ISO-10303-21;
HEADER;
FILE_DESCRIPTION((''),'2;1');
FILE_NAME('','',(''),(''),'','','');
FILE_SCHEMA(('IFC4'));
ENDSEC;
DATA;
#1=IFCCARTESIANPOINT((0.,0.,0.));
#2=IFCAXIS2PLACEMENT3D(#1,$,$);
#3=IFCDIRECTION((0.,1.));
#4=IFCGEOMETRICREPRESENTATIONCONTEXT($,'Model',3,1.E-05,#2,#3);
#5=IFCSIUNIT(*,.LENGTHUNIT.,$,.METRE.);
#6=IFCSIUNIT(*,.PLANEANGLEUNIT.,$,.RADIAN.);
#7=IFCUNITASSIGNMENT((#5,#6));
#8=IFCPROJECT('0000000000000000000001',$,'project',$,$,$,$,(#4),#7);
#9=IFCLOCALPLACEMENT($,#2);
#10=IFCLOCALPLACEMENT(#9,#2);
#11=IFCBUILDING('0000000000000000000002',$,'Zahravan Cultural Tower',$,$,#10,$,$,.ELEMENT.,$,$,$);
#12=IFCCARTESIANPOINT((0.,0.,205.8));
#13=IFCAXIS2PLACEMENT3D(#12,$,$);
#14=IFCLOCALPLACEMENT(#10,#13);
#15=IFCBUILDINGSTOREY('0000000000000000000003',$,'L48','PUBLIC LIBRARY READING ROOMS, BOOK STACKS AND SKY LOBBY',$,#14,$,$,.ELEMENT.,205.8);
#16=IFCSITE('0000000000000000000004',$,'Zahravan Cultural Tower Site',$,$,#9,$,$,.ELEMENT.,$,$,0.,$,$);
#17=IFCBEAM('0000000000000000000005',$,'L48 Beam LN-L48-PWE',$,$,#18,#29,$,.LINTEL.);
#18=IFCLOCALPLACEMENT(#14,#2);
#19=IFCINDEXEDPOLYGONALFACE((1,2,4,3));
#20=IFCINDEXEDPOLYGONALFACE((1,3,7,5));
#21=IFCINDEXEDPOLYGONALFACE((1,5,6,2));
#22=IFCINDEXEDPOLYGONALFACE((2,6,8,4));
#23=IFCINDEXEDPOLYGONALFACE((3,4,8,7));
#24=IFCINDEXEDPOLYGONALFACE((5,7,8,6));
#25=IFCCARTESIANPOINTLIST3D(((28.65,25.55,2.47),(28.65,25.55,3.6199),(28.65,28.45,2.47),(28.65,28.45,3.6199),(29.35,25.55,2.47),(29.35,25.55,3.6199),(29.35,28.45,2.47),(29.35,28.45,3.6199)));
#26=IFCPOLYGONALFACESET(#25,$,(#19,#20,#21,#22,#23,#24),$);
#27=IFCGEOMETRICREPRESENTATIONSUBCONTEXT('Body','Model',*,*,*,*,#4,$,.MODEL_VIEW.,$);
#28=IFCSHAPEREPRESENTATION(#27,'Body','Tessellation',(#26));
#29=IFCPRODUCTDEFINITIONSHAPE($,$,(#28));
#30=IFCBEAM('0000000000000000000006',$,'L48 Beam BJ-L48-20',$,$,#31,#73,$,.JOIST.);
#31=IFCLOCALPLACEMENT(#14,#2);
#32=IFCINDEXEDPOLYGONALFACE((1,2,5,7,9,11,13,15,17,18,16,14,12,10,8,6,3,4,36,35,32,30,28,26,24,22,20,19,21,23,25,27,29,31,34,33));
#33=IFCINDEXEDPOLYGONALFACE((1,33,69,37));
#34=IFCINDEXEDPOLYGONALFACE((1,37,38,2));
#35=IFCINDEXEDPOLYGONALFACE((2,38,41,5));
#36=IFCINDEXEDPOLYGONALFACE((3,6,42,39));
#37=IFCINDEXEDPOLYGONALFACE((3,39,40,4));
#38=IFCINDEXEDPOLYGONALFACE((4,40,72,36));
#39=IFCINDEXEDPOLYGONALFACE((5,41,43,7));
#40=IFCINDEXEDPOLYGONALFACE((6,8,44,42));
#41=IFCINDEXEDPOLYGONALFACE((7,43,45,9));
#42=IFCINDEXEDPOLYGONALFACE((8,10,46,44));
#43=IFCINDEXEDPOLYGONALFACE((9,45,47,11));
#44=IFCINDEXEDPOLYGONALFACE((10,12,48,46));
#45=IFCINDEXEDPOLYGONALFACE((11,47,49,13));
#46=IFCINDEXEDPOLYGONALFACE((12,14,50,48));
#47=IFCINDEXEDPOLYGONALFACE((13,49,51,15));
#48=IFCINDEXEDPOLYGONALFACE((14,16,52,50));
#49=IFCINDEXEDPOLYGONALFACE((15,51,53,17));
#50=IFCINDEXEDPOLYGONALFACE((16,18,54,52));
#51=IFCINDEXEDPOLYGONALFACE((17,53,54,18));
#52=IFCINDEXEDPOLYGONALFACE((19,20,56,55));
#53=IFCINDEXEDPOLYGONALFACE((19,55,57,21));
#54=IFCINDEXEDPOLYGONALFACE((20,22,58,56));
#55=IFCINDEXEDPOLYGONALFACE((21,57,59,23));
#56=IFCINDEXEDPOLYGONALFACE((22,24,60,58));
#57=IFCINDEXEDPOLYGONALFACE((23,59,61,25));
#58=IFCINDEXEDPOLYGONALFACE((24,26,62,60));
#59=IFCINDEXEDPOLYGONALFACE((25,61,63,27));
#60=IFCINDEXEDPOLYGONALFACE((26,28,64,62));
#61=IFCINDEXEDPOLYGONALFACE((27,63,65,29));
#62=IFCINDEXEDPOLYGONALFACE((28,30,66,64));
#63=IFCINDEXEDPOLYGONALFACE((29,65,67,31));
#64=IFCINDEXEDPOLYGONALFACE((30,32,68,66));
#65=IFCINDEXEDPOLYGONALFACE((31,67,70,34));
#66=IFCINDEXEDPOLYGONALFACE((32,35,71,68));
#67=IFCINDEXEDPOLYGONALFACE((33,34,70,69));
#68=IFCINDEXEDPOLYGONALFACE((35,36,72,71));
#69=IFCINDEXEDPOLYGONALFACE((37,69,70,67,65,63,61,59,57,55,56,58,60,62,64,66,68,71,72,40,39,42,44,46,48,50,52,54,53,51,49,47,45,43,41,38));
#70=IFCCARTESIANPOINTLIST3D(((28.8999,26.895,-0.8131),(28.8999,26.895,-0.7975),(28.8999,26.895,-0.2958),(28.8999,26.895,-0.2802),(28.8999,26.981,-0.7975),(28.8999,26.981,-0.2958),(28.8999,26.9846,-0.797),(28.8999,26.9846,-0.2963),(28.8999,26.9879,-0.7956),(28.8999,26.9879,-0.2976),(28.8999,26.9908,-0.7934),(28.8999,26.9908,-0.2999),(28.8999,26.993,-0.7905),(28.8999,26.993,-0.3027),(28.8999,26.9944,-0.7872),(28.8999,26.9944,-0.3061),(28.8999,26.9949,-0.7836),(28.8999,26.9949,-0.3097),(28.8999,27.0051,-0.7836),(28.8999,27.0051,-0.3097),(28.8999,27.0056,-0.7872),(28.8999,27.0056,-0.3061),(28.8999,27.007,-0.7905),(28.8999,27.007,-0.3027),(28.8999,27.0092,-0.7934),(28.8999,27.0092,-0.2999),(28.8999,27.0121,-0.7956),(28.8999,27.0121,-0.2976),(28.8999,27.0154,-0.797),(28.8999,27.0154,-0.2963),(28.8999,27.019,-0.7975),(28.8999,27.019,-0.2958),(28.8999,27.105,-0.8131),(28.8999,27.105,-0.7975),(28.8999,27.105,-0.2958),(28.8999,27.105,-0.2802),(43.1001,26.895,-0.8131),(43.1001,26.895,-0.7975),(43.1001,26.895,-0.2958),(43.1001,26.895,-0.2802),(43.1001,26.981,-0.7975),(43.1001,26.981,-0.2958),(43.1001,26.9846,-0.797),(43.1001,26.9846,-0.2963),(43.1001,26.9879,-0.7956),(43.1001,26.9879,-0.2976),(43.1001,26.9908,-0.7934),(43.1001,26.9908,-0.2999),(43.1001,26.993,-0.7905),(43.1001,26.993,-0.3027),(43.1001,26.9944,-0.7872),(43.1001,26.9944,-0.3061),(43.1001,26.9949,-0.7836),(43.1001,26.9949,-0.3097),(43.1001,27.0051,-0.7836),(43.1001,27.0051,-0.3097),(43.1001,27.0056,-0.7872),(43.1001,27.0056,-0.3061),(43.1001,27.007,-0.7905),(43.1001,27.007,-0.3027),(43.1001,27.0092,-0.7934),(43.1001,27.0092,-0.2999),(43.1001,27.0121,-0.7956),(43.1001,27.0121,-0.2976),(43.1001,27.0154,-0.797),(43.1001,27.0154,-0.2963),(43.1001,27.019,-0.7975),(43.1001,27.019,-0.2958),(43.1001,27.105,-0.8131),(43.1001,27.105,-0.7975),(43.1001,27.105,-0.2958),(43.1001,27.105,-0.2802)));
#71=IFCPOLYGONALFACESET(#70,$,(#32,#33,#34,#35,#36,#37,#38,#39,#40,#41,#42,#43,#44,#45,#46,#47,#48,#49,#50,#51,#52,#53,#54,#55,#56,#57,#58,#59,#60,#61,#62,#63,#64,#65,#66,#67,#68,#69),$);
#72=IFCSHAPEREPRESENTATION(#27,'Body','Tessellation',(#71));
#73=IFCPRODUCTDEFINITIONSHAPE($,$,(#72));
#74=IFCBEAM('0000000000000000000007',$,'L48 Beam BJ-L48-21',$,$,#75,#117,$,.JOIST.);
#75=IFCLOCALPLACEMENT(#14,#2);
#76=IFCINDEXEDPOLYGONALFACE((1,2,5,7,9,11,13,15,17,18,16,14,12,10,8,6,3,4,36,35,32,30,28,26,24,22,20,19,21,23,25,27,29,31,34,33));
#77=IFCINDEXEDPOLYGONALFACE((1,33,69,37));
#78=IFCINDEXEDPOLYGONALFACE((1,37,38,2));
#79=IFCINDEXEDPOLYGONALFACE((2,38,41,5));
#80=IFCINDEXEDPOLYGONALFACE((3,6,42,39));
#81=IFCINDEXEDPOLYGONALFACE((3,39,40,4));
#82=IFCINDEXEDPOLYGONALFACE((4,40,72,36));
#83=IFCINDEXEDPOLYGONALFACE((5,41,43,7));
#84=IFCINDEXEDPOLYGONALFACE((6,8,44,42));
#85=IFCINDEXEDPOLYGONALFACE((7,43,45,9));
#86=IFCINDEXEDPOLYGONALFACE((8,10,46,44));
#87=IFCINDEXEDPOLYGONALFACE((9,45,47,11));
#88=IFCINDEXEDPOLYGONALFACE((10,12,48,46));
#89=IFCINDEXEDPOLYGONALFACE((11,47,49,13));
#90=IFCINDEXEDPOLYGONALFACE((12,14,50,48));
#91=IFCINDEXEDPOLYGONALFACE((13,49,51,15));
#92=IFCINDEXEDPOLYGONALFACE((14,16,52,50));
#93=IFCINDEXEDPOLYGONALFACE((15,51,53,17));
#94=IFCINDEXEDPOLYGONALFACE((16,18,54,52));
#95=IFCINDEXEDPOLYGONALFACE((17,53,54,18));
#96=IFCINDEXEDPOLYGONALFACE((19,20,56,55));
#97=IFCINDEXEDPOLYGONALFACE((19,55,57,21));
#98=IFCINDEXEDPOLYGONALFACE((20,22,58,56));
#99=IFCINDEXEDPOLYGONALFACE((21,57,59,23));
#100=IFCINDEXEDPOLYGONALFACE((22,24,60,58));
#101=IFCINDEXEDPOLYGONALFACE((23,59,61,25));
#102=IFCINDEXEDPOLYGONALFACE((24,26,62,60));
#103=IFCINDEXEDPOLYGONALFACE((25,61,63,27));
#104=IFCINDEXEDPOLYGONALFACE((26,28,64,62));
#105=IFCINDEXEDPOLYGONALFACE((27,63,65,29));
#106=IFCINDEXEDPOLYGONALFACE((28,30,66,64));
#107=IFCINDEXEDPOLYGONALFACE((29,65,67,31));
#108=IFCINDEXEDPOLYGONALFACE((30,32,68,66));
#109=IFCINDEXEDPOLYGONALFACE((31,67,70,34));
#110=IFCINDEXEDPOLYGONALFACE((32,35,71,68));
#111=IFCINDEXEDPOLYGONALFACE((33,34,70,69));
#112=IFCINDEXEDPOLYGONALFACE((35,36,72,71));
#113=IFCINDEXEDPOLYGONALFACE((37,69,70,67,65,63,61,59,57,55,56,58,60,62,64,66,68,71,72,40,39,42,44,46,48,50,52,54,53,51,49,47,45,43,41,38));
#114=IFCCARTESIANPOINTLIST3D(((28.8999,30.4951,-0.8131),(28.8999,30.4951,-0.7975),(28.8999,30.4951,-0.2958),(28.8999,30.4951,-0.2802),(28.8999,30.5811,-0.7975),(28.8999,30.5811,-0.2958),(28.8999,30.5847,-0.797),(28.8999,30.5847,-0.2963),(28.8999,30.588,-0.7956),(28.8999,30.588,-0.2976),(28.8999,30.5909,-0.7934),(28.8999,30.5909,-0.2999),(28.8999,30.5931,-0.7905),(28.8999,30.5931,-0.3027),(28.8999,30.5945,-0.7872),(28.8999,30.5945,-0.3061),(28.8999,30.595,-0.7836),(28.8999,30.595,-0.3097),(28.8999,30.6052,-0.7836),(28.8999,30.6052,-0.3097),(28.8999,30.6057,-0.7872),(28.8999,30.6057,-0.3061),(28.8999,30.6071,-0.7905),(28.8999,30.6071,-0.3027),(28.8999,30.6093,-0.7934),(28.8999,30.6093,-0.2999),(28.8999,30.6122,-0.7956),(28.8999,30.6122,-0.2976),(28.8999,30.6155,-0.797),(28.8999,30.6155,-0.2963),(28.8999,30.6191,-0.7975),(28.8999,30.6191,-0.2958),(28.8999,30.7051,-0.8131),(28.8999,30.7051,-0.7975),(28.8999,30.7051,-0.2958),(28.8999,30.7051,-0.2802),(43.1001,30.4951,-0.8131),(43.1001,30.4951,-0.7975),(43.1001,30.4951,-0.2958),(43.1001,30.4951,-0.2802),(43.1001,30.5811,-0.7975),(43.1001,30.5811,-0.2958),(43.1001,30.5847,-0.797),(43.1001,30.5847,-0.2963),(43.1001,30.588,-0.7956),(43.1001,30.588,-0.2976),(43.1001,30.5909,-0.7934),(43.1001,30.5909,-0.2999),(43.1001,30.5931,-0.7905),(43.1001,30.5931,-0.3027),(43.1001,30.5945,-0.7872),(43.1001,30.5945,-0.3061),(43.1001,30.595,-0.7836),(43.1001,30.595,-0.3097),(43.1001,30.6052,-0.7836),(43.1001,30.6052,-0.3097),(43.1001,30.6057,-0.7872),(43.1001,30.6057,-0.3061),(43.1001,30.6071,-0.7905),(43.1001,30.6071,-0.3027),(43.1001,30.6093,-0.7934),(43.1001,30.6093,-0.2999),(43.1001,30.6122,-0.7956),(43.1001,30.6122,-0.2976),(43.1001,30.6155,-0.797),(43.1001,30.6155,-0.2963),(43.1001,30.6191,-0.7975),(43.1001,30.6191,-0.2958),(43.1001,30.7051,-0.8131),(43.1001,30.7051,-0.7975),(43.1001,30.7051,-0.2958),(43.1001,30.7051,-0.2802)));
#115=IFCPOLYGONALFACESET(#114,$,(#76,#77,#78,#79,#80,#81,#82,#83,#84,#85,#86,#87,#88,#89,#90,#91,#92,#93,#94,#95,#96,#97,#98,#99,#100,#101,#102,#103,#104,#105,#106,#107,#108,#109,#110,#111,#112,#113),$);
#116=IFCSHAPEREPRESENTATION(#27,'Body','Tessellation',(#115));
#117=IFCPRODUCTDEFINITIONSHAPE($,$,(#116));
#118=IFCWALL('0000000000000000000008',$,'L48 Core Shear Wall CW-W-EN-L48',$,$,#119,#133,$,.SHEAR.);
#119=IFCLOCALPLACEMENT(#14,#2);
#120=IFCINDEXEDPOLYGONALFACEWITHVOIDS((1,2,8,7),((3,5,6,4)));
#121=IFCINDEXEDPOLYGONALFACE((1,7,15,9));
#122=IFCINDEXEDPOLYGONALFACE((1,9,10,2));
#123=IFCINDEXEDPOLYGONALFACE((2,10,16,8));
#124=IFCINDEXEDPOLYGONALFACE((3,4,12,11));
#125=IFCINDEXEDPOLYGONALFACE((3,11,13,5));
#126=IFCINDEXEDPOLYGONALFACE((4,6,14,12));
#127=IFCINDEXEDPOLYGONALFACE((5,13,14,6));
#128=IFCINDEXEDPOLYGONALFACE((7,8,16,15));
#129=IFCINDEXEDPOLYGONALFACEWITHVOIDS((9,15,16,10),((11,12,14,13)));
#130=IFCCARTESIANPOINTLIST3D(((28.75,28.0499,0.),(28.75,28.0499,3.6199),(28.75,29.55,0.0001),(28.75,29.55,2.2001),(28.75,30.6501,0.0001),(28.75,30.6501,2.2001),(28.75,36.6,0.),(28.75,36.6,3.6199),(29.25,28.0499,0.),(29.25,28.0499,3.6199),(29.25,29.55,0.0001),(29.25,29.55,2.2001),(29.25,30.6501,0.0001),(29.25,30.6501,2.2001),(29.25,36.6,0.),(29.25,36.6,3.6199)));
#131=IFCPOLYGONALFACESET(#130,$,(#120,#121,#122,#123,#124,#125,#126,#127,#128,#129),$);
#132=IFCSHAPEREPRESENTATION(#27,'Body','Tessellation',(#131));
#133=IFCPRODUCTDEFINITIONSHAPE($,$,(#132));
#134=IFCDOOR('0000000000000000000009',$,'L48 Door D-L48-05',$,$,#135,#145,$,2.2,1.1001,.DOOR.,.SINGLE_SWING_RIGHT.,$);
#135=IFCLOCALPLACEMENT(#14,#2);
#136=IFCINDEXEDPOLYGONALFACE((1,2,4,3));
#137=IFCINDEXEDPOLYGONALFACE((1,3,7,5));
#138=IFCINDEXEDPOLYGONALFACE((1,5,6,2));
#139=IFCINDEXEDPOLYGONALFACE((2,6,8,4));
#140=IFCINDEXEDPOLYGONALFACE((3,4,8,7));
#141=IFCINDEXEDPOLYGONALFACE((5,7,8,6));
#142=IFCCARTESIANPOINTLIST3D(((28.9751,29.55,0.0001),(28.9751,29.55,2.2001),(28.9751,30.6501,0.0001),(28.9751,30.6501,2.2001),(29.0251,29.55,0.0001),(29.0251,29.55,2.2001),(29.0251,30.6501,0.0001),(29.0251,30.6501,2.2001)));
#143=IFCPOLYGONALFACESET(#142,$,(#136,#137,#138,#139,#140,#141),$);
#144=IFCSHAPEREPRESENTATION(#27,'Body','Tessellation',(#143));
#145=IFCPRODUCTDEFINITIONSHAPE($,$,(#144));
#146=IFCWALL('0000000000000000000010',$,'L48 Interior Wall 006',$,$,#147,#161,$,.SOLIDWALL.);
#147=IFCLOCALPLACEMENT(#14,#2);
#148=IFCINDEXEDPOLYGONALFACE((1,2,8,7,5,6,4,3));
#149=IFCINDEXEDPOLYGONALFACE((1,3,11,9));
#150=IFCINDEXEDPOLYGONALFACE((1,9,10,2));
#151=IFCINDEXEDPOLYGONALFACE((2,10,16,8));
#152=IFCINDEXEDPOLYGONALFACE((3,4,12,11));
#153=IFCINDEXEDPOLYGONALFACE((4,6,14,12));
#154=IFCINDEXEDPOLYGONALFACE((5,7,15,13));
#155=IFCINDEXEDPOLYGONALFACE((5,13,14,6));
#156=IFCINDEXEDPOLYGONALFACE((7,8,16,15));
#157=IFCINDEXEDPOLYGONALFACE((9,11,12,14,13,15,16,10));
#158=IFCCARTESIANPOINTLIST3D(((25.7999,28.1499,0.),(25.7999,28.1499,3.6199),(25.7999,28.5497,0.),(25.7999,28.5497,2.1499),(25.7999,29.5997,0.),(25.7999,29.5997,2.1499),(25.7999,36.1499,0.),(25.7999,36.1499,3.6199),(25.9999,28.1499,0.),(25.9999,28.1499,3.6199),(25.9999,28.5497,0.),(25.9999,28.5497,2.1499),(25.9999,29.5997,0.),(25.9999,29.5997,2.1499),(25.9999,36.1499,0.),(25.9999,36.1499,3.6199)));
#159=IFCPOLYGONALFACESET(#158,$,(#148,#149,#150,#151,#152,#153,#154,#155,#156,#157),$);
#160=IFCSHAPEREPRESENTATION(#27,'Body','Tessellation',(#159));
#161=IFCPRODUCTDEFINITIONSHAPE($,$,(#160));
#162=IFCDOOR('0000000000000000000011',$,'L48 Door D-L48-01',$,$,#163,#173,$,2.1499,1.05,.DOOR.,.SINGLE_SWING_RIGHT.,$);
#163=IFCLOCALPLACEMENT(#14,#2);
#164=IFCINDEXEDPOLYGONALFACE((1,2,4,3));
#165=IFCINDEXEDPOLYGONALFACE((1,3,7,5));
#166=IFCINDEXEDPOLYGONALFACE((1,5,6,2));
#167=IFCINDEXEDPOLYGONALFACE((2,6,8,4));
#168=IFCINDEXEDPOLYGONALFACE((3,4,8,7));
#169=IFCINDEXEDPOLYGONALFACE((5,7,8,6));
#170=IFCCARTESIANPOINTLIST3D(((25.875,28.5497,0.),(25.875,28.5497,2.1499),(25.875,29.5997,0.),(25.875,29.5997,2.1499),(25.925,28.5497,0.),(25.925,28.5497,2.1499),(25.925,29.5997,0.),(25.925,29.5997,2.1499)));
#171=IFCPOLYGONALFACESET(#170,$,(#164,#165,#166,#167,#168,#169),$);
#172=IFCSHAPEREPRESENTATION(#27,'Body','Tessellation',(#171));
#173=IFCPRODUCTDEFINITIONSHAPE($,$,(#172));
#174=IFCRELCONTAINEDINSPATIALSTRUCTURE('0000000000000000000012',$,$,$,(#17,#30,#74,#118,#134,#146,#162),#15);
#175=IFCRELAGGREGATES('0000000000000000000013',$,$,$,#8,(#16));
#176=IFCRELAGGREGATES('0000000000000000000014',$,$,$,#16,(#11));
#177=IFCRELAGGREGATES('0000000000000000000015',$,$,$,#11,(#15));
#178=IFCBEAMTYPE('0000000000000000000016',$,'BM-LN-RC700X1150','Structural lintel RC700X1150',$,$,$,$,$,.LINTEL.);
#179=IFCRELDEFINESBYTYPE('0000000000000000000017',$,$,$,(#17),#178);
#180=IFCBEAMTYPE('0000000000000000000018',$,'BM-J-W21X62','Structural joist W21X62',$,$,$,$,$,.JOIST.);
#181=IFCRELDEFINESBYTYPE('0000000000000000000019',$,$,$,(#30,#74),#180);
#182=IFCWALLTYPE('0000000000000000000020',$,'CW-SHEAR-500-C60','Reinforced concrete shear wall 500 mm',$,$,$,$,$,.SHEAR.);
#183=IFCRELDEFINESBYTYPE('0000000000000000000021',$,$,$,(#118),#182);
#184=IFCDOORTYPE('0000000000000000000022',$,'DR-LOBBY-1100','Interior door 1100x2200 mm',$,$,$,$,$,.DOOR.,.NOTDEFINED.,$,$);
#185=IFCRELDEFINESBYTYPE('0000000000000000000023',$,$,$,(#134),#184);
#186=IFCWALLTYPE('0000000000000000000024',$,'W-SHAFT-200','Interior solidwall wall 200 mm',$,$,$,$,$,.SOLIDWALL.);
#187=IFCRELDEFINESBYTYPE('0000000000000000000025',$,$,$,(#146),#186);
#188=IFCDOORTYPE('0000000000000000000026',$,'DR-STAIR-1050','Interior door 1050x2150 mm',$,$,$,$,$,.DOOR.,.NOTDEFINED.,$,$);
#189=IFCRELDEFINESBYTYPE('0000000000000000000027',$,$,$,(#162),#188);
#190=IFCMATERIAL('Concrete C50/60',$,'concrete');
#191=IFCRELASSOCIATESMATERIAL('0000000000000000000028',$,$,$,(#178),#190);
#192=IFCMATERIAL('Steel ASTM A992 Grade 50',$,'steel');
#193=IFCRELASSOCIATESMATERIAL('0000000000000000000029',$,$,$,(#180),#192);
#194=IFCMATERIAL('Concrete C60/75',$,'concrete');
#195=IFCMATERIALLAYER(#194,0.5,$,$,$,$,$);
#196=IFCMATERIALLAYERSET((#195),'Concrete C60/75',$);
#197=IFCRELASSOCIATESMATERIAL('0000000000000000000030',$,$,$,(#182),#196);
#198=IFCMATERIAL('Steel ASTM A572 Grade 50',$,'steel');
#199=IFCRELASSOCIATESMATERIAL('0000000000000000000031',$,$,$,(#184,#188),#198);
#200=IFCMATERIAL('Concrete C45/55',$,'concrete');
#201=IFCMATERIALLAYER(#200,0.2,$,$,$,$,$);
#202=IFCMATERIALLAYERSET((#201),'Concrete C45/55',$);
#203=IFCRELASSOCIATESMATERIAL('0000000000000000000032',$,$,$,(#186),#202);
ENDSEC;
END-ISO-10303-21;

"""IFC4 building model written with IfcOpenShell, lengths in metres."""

from ifc_helpers import new_model, si_unit, direction, frame, frame_2d, origin, origin_2d, place, context, subcontext, project, spatial, rectangle, i_section, extrude, source, transform, mapped, material, layer, layer_set, material_profile, profile_set, type_object, element, fill, save


model = new_model("IFC4")

# Units and contexts
model_context = context("Model", 3, precision=1e-05, world=origin(), true_north=direction((0.0, 1.0)))
body_context = subcontext(model_context, "Body", "Model", "MODEL_VIEW")
ifc_project = project(units=[si_unit("LENGTHUNIT", "METRE"), si_unit("PLANEANGLEUNIT", "RADIAN")], contexts=[model_context])

# Site, building, storey
site_placement = place(None, origin())
site = spatial("IfcSite", under=ifc_project, at=site_placement, Name="Zahravan Cultural Tower Site", CompositionType="ELEMENT", RefElevation=0.0)
building_placement = place(site_placement, origin())
building = spatial("IfcBuilding", under=site, at=building_placement, Name="Zahravan Cultural Tower", CompositionType="ELEMENT")
storey_placement = place(building_placement, frame((0.0, 0.0, 205.8)))
storey = spatial("IfcBuildingStorey", under=building, at=storey_placement, Name="L48", Description="PUBLIC LIBRARY READING ROOMS, BOOK STACKS AND SKY LOBBY", CompositionType="ELEMENT", Elevation=205.8)

# Beams
ifc_material_1 = material(Name="Concrete C50/60", Category="concrete")
ifc_material_profile_1 = material_profile(ifc_material_1, rectangle(XDim=0.7, YDim=1.1499, at=origin_2d()), Name="RC700X1150")
ifc_profile_set_1 = profile_set([ifc_material_profile_1], Name="Concrete C50/60")
beam_type_1 = type_object("IfcBeamType", Name="BM-LN-RC700X1150", Description="Structural lintel RC700X1150", PredefinedType="LINTEL", material=ifc_profile_set_1)
shared_shape_1 = source(origin(), body_context, "Body", "SweptSolid", [
    extrude(rectangle(XDim=0.7, YDim=1.1499, at=origin_2d()), origin(), (0.0, 0.0, 1.0), 2.8999),
])
beam_placement = place(storey_placement, frame((29.0, 25.55, 3.0449), z_axis=(0.0, 1.0, 0.0), x_axis=(-1.0, 0.0, 0.0)))
element("IfcBeam", 1, at=beam_placement, inside=storey, type_object=beam_type_1, Name="L48 Beam LN-L48-PWE", PredefinedType="LINTEL", context=body_context, shape_type="MappedRepresentation", body=[
    mapped(shared_shape_1, transform((0.0, 0.0, 0.0), x_axis=(1.0, 0.0, 0.0), y_axis=(0.0, 1.0, 0.0), z_axis=(0.0, 0.0, 1.0), scale=1.0)),
])
ifc_material_2 = material(Name="Steel ASTM A992 Grade 50", Category="steel")
ifc_material_profile_2 = material_profile(ifc_material_2, i_section(OverallWidth=0.21, OverallDepth=0.533, WebThickness=0.0103, FlangeThickness=0.0156, FilletRadius=0.0139, at=origin_2d()), Name="W21X62")
ifc_profile_set_2 = profile_set([ifc_material_profile_2], Name="Steel ASTM A992 Grade 50")
beam_type_2 = type_object("IfcBeamType", Name="BM-J-W21X62", Description="Structural joist W21X62", PredefinedType="JOIST", material=ifc_profile_set_2)
shared_shape_2 = source(origin(), body_context, "Body", "SweptSolid", [
    extrude(i_section(OverallWidth=0.21, OverallDepth=0.533, WebThickness=0.0103, FlangeThickness=0.0156, FilletRadius=0.0139, at=origin_2d()), origin(), (0.0, 0.0, 1.0), 14.2002),
])
for number, where, z_axis, x_axis, name in (
    (2, (28.8999, 27.0, -0.5466), (1.0, 0.0, 0.0), (0.0, 1.0, 0.0), "L48 Beam BJ-L48-20"),
    (3, (28.8999, 30.6001, -0.5466), (1.0, 0.0, 0.0), (0.0, 1.0, 0.0), "L48 Beam BJ-L48-21"),
):
    element("IfcBeam", number, at=place(storey_placement, frame(where, z_axis=z_axis, x_axis=x_axis)), inside=storey, type_object=beam_type_2, Name=name, PredefinedType="JOIST", context=body_context, shape_type="MappedRepresentation", body=[
        mapped(shared_shape_2, transform((0.0, 0.0, 0.0), x_axis=(1.0, 0.0, 0.0), y_axis=(0.0, 1.0, 0.0), z_axis=(0.0, 0.0, 1.0), scale=1.0)),
    ])

# Walls, openings, doors
ifc_material_3 = material(Name="Concrete C60/75", Category="concrete")
ifc_layer_1 = layer(ifc_material_3, 0.5)
ifc_layer_set_1 = layer_set([ifc_layer_1], Name="Concrete C60/75")
wall_type_1 = type_object("IfcWallType", Name="CW-SHEAR-500-C60", Description="Reinforced concrete shear wall 500 mm", PredefinedType="SHEAR", material=ifc_layer_set_1)
wall_1_placement = place(storey_placement, frame((29.0, 28.05, 0.0), z_axis=(0.0, 0.0, 1.0), x_axis=(0.0, 1.0, 0.0)))
wall_1 = element("IfcWall", 4, at=wall_1_placement, inside=storey, type_object=wall_type_1, Name="L48 Core Shear Wall CW-W-EN-L48", PredefinedType="SHEAR", context=body_context, shape_type="SweptSolid", body=[
    extrude(rectangle(XDim=8.55, YDim=0.5, at=frame_2d((4.2749, 0.0))), origin(), (0.0, 0.0, 1.0), 3.6199),
])
opening_1_placement = place(wall_1_placement, frame((1.5, 0.0, 0.0)))
opening_1 = element("IfcOpeningElement", 5, at=opening_1_placement, cuts=wall_1, PredefinedType="OPENING", context=body_context, shape_type="SweptSolid", body=[
    extrude(rectangle(XDim=1.1001, YDim=2.2, at=frame_2d((0.55, 1.1001))), frame((0.0, 0.26, 0.0), z_axis=(0.0, -1.0, 0.0), x_axis=(1.0, 0.0, 0.0)), (0.0, 0.0, 1.0), 0.52),
])
ifc_material_4 = material(Name="Steel ASTM A572 Grade 50", Category="steel")
door_type_1 = type_object("IfcDoorType", Name="DR-LOBBY-1100", Description="Interior door 1100x2200 mm", OperationType="NOTDEFINED", PredefinedType="DOOR", material=ifc_material_4)
shared_shape_3 = source(origin(), body_context, "Body", "SweptSolid", [
    extrude(rectangle(XDim=1.1001, YDim=2.2, at=frame_2d((0.55, 1.1001))), frame((0.0, 0.0249, 0.0), z_axis=(0.0, -1.0, 0.0), x_axis=(1.0, 0.0, 0.0)), (0.0, 0.0, 1.0), 0.05),
])
door_1_placement = place(opening_1_placement, origin())
door_1 = element("IfcDoor", 6, at=door_1_placement, inside=storey, type_object=door_type_1, Name="L48 Door D-L48-05", OperationType="SINGLE_SWING_RIGHT", OverallHeight=2.2, OverallWidth=1.1001, PredefinedType="DOOR", context=body_context, shape_type="MappedRepresentation", body=[
    mapped(shared_shape_3, transform((0.0, 0.0, 0.0), x_axis=(1.0, 0.0, 0.0), y_axis=(0.0, 1.0, 0.0), z_axis=(0.0, 0.0, 1.0), scale=1.0)),
])
fill(opening_1, door_1)
ifc_material_5 = material(Name="Concrete C45/55", Category="concrete")
ifc_layer_2 = layer(ifc_material_5, 0.2)
ifc_layer_set_2 = layer_set([ifc_layer_2], Name="Concrete C45/55")
wall_type_2 = type_object("IfcWallType", Name="W-SHAFT-200", Description="Interior solidwall wall 200 mm", PredefinedType="SOLIDWALL", material=ifc_layer_set_2)
wall_2_placement = place(storey_placement, frame((25.8999, 28.1499, 0.0), z_axis=(0.0, 0.0, 1.0), x_axis=(0.0, 1.0, 0.0)))
wall_2 = element("IfcWall", 7, at=wall_2_placement, inside=storey, type_object=wall_type_2, Name="L48 Interior Wall 006", PredefinedType="SOLIDWALL", context=body_context, shape_type="SweptSolid", body=[
    extrude(rectangle(XDim=8.0, YDim=0.2, at=frame_2d((4.0, 0.0))), origin(), (0.0, 0.0, 1.0), 3.6199),
])
opening_2_placement = place(wall_2_placement, frame((0.3999, 0.0, 0.0)))
opening_2 = element("IfcOpeningElement", 8, at=opening_2_placement, cuts=wall_2, PredefinedType="OPENING", context=body_context, shape_type="SweptSolid", body=[
    extrude(rectangle(XDim=1.05, YDim=2.1499, at=frame_2d((0.5249, 1.075))), frame((0.0, 0.1099, 0.0), z_axis=(0.0, -1.0, 0.0), x_axis=(1.0, 0.0, 0.0)), (0.0, 0.0, 1.0), 0.22),
])
door_type_2 = type_object("IfcDoorType", Name="DR-STAIR-1050", Description="Interior door 1050x2150 mm", OperationType="NOTDEFINED", PredefinedType="DOOR", material=ifc_material_4)
shared_shape_4 = source(origin(), body_context, "Body", "SweptSolid", [
    extrude(rectangle(XDim=1.05, YDim=2.1499, at=frame_2d((0.5249, 1.075))), frame((0.0, 0.0249, 0.0), z_axis=(0.0, -1.0, 0.0), x_axis=(1.0, 0.0, 0.0)), (0.0, 0.0, 1.0), 0.05),
])
door_2_placement = place(opening_2_placement, origin())
door_2 = element("IfcDoor", 9, at=door_2_placement, inside=storey, type_object=door_type_2, Name="L48 Door D-L48-01", OperationType="SINGLE_SWING_RIGHT", OverallHeight=2.1499, OverallWidth=1.05, PredefinedType="DOOR", context=body_context, shape_type="MappedRepresentation", body=[
    mapped(shared_shape_4, transform((0.0, 0.0, 0.0), x_axis=(1.0, 0.0, 0.0), y_axis=(0.0, 1.0, 0.0), z_axis=(0.0, 0.0, 1.0), scale=1.0)),
])
fill(opening_2, door_2)

save(model, "model.ifc")
